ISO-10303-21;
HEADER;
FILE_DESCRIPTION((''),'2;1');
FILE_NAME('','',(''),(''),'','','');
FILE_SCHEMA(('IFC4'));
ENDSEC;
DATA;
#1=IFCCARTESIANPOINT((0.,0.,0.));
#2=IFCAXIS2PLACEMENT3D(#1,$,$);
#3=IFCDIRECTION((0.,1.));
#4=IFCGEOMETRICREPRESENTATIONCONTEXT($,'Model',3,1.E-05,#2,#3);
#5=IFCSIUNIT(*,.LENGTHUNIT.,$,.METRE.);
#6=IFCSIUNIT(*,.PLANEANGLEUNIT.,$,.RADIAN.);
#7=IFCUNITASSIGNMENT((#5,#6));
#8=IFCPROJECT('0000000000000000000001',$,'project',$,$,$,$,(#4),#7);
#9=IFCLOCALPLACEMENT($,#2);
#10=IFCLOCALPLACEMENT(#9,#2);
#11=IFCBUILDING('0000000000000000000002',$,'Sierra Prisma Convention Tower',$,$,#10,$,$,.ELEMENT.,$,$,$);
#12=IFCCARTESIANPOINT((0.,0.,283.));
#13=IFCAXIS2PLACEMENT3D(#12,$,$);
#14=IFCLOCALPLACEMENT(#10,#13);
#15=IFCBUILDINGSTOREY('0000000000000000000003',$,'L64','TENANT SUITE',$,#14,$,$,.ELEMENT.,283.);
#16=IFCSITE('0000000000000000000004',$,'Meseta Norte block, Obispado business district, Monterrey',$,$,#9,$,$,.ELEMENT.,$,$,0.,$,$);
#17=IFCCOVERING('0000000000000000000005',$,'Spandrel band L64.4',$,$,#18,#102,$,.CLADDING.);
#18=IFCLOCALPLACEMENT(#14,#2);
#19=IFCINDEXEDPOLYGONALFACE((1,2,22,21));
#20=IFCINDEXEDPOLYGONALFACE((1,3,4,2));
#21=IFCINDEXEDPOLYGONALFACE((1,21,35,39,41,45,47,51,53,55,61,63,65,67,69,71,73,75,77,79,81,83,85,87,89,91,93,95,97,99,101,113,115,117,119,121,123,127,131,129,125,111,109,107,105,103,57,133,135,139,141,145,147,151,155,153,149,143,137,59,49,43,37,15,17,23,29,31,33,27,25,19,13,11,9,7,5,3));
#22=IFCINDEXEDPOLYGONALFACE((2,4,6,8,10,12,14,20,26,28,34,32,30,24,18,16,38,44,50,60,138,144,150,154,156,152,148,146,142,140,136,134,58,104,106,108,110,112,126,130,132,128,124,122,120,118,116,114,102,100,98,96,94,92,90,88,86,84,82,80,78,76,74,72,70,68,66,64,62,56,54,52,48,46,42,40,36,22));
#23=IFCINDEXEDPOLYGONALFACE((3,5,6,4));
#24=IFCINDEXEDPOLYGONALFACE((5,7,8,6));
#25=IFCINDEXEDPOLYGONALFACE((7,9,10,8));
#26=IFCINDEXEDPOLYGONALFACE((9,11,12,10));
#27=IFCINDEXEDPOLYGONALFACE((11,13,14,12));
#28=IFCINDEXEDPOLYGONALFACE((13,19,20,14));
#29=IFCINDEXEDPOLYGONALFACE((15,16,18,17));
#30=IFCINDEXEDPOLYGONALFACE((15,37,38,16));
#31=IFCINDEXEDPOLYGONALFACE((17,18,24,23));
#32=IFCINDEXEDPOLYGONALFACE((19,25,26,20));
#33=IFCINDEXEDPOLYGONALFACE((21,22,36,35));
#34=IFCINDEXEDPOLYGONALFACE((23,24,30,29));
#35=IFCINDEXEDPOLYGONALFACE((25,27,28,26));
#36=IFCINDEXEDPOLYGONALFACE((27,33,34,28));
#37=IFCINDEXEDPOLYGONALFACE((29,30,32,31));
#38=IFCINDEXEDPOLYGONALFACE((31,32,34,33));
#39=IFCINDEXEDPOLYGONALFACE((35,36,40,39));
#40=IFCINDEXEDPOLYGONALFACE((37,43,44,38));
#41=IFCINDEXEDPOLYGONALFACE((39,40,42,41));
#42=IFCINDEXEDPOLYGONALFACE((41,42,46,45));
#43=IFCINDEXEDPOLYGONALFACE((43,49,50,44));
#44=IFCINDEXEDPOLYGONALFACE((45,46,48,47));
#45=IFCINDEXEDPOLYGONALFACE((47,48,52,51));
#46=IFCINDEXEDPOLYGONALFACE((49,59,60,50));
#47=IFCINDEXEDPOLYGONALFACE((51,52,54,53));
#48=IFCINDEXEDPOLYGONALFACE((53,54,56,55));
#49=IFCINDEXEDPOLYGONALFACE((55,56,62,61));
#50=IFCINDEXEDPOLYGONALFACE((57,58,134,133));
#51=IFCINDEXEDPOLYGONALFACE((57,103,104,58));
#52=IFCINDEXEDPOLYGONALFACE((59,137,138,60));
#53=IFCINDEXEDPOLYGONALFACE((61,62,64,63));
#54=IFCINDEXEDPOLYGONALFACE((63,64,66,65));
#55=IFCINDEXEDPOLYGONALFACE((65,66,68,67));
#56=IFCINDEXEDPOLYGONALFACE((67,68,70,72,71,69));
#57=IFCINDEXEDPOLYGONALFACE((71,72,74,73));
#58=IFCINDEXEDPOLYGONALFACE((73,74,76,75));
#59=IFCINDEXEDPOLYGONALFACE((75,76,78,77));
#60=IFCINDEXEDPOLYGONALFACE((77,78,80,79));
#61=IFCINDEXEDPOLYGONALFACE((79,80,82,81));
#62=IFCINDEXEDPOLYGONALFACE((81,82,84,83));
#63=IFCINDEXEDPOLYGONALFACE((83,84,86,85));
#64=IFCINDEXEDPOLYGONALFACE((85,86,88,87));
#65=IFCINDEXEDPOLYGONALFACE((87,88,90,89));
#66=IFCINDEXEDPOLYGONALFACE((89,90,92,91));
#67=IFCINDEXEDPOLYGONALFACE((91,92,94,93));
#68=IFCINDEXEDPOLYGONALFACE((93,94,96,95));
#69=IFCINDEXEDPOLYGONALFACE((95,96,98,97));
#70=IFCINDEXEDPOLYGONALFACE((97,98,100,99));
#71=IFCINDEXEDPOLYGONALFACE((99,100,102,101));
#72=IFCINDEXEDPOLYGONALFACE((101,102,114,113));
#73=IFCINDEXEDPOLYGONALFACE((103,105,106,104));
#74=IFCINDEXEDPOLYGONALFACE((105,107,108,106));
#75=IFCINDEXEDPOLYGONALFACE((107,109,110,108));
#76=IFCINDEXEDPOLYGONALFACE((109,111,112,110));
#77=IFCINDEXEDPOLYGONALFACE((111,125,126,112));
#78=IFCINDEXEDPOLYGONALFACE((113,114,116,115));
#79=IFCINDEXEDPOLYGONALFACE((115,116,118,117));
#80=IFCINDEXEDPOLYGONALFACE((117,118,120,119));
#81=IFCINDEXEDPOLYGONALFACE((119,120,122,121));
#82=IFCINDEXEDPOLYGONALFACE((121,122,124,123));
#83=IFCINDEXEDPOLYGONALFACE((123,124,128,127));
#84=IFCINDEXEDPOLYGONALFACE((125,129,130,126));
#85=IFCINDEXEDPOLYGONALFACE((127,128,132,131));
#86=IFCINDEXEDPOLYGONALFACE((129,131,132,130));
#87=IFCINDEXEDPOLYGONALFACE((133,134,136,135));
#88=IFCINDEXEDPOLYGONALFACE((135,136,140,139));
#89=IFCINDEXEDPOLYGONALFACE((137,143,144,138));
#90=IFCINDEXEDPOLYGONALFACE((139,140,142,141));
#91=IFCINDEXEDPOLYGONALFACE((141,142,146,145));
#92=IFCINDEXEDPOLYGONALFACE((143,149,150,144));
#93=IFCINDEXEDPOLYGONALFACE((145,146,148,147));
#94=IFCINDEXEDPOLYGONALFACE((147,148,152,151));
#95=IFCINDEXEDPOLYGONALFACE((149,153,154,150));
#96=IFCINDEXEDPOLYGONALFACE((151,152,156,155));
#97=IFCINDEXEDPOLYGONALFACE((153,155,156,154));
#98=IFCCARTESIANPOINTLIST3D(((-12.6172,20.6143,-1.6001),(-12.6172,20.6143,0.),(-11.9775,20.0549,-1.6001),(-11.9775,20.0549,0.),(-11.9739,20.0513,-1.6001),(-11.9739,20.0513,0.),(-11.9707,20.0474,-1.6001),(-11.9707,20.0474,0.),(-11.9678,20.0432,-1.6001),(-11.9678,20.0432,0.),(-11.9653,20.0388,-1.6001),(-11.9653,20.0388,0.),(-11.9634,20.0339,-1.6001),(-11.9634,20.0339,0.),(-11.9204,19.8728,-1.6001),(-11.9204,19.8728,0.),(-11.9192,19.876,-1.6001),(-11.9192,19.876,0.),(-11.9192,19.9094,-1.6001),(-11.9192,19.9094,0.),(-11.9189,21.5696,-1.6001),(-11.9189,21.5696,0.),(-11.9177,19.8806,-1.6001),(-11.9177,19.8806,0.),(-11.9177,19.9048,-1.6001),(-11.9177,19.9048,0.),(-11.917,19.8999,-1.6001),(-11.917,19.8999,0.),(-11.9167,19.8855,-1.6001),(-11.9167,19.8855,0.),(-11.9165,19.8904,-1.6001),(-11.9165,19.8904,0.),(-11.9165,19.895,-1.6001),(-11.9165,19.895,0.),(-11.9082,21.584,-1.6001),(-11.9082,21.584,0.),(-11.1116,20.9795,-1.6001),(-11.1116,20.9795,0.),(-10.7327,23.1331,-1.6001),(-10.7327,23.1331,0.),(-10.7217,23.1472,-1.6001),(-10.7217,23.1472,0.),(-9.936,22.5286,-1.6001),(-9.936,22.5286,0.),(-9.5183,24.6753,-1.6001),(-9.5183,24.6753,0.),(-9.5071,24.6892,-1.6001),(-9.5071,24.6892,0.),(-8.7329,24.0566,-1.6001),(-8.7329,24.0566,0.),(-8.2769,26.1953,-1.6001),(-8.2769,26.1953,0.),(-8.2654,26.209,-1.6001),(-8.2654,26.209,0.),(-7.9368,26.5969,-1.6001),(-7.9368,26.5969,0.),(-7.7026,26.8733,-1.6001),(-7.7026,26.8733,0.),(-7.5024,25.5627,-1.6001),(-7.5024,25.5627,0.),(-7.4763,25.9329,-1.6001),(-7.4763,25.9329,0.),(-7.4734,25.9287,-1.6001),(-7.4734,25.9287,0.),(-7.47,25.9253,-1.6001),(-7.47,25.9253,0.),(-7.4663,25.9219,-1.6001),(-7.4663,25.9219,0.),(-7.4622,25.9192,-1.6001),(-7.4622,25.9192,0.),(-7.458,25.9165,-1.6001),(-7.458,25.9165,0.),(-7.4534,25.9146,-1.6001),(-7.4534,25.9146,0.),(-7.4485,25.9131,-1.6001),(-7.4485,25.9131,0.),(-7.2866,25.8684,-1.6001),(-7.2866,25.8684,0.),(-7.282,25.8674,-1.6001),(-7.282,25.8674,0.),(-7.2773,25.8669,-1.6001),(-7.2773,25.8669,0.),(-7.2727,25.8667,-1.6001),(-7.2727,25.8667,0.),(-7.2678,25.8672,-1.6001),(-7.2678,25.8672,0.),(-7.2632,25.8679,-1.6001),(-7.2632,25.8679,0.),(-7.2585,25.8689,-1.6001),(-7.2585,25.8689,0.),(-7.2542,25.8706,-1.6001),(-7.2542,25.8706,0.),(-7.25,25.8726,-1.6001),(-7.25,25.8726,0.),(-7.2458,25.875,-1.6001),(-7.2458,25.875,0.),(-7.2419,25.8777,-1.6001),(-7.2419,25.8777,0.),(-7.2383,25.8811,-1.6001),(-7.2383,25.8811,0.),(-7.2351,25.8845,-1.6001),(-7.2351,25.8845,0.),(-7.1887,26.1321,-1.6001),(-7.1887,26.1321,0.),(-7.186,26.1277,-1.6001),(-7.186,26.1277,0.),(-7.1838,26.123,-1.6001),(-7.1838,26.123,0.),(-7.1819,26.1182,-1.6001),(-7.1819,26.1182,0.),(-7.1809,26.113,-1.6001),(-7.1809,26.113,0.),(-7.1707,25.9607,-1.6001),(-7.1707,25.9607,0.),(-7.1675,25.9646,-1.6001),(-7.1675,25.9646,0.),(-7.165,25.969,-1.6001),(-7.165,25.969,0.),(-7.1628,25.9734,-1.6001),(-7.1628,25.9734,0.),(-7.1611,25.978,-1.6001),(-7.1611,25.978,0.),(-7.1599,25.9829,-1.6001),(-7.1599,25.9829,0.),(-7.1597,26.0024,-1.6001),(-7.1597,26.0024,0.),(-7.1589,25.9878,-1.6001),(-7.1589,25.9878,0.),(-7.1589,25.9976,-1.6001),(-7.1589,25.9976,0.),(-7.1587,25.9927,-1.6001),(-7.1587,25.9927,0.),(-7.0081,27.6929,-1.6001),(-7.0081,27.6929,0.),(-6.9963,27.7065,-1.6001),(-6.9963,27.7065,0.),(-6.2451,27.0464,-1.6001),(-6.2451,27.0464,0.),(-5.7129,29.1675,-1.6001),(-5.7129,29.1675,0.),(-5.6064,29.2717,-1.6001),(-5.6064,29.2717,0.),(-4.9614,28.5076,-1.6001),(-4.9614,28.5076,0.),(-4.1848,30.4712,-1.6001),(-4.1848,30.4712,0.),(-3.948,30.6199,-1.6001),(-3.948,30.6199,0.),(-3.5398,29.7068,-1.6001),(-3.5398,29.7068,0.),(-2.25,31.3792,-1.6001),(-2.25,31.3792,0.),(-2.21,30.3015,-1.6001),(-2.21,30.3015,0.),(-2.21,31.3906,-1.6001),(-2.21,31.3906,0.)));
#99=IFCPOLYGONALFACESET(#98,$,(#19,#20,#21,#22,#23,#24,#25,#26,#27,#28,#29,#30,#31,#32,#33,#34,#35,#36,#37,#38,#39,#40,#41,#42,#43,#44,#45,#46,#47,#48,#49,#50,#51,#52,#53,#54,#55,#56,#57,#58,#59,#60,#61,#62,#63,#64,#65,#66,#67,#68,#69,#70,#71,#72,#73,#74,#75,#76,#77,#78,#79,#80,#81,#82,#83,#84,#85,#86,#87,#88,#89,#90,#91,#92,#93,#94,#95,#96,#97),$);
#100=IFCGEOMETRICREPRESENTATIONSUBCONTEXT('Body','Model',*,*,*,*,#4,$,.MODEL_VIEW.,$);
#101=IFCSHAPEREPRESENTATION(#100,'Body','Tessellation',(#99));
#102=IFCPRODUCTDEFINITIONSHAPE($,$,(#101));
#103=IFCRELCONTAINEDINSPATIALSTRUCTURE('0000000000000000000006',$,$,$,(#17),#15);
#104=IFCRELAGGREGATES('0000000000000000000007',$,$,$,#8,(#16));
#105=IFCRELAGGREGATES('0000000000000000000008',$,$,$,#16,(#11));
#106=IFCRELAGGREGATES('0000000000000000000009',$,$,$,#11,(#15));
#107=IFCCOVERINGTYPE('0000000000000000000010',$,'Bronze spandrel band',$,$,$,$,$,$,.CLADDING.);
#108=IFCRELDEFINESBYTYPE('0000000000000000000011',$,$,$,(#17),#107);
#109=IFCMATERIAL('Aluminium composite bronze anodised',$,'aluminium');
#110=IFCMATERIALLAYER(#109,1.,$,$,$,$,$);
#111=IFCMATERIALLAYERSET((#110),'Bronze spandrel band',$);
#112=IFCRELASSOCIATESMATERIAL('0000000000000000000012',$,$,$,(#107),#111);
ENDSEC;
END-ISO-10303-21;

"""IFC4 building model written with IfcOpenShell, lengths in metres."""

from ifc_helpers import new_model, si_unit, direction, frame, origin, place, context, subcontext, project, spatial, polyline, outline, extrude, material, layer, layer_set, type_object, element, save


model = new_model("IFC4")

# Units and contexts
model_context = context("Model", 3, precision=1e-05, world=origin(), true_north=direction((0.0, 1.0)))
body_context = subcontext(model_context, "Body", "Model", "MODEL_VIEW")
ifc_project = project(units=[si_unit("LENGTHUNIT", "METRE"), si_unit("PLANEANGLEUNIT", "RADIAN")], contexts=[model_context])

# Site, building, storey
site_placement = place(None, origin())
site = spatial("IfcSite", under=ifc_project, at=site_placement, Name="Meseta Norte block, Obispado business district, Monterrey", CompositionType="ELEMENT", RefElevation=0.0)
building_placement = place(site_placement, origin())
building = spatial("IfcBuilding", under=site, at=building_placement, Name="Sierra Prisma Convention Tower", CompositionType="ELEMENT")
storey_placement = place(building_placement, frame((0.0, 0.0, 283.0)))
storey = spatial("IfcBuildingStorey", under=building, at=storey_placement, Name="L64", Description="TENANT SUITE", CompositionType="ELEMENT", Elevation=283.0)

# Covering
ifc_material_1 = material(Name="Aluminium composite bronze anodised", Category="aluminium")
ifc_layer_1 = layer(ifc_material_1, 1.0)
ifc_layer_set_1 = layer_set([ifc_layer_1], Name="Bronze spandrel band")
covering_type_1 = type_object("IfcCoveringType", Name="Bronze spandrel band", PredefinedType="CLADDING", material=ifc_layer_set_1)
covering_1_placement = place(storey_placement, frame((0.0, 0.0, -1.6001)))
element("IfcCovering", 1, at=covering_1_placement, inside=storey, type_object=covering_type_1, Name="Spandrel band L64.4", PredefinedType="CLADDING", context=body_context, shape_type="SweptSolid", body=[
    extrude(outline(polyline([(-8.2654, 26.209), (-7.9368, 26.5969), (-7.4763, 25.9329), (-7.4734, 25.9287), (-7.47, 25.9253), (-7.4663, 25.9219), (-7.4622, 25.9192), (-7.458, 25.9165), (-7.4534, 25.9146), (-7.4485, 25.9131), (-7.2866, 25.8684), (-7.282, 25.8674), (-7.2773, 25.8669), (-7.2727, 25.8667), (-7.2678, 25.8672), (-7.2632, 25.8679), (-7.2585, 25.8689), (-7.2542, 25.8706), (-7.25, 25.8726), (-7.2458, 25.875), (-7.2419, 25.8777), (-7.2383, 25.8811), (-7.2351, 25.8845), (-7.1707, 25.9607), (-7.1675, 25.9646), (-7.165, 25.969), (-7.1628, 25.9734), (-7.1611, 25.978), (-7.1599, 25.9829), (-7.1589, 25.9878), (-7.1587, 25.9927), (-7.1589, 25.9976), (-7.1597, 26.0024), (-7.1809, 26.113), (-7.1819, 26.1182), (-7.1838, 26.123), (-7.186, 26.1277), (-7.1887, 26.1321), (-7.7026, 26.8733), (-7.0081, 27.6929), (-6.9963, 27.7065), (-5.7129, 29.1675), (-5.6064, 29.2717), (-4.1848, 30.4712), (-3.948, 30.6199), (-2.25, 31.3792), (-2.21, 31.3906), (-2.21, 30.3015), (-3.5398, 29.7068), (-4.9614, 28.5076), (-6.2451, 27.0464), (-7.5024, 25.5627), (-8.7329, 24.0566), (-9.936, 22.5286), (-11.1116, 20.9795), (-11.9204, 19.8728), (-11.9192, 19.876), (-11.9177, 19.8806), (-11.9167, 19.8855), (-11.9165, 19.8904), (-11.9165, 19.895), (-11.917, 19.8999), (-11.9177, 19.9048), (-11.9192, 19.9094), (-11.9634, 20.0339), (-11.9653, 20.0388), (-11.9678, 20.0432), (-11.9707, 20.0474), (-11.9739, 20.0513), (-11.9775, 20.0549), (-12.6172, 20.6143), (-11.9189, 21.5696), (-11.9082, 21.584), (-10.7327, 23.1331), (-10.7217, 23.1472), (-9.5183, 24.6753), (-9.5071, 24.6892), (-8.2769, 26.1953), (-8.2654, 26.209)])), origin(), (0.0, 0.0, 1.0), 1.6001),
])

save(model, "model.ifc")
